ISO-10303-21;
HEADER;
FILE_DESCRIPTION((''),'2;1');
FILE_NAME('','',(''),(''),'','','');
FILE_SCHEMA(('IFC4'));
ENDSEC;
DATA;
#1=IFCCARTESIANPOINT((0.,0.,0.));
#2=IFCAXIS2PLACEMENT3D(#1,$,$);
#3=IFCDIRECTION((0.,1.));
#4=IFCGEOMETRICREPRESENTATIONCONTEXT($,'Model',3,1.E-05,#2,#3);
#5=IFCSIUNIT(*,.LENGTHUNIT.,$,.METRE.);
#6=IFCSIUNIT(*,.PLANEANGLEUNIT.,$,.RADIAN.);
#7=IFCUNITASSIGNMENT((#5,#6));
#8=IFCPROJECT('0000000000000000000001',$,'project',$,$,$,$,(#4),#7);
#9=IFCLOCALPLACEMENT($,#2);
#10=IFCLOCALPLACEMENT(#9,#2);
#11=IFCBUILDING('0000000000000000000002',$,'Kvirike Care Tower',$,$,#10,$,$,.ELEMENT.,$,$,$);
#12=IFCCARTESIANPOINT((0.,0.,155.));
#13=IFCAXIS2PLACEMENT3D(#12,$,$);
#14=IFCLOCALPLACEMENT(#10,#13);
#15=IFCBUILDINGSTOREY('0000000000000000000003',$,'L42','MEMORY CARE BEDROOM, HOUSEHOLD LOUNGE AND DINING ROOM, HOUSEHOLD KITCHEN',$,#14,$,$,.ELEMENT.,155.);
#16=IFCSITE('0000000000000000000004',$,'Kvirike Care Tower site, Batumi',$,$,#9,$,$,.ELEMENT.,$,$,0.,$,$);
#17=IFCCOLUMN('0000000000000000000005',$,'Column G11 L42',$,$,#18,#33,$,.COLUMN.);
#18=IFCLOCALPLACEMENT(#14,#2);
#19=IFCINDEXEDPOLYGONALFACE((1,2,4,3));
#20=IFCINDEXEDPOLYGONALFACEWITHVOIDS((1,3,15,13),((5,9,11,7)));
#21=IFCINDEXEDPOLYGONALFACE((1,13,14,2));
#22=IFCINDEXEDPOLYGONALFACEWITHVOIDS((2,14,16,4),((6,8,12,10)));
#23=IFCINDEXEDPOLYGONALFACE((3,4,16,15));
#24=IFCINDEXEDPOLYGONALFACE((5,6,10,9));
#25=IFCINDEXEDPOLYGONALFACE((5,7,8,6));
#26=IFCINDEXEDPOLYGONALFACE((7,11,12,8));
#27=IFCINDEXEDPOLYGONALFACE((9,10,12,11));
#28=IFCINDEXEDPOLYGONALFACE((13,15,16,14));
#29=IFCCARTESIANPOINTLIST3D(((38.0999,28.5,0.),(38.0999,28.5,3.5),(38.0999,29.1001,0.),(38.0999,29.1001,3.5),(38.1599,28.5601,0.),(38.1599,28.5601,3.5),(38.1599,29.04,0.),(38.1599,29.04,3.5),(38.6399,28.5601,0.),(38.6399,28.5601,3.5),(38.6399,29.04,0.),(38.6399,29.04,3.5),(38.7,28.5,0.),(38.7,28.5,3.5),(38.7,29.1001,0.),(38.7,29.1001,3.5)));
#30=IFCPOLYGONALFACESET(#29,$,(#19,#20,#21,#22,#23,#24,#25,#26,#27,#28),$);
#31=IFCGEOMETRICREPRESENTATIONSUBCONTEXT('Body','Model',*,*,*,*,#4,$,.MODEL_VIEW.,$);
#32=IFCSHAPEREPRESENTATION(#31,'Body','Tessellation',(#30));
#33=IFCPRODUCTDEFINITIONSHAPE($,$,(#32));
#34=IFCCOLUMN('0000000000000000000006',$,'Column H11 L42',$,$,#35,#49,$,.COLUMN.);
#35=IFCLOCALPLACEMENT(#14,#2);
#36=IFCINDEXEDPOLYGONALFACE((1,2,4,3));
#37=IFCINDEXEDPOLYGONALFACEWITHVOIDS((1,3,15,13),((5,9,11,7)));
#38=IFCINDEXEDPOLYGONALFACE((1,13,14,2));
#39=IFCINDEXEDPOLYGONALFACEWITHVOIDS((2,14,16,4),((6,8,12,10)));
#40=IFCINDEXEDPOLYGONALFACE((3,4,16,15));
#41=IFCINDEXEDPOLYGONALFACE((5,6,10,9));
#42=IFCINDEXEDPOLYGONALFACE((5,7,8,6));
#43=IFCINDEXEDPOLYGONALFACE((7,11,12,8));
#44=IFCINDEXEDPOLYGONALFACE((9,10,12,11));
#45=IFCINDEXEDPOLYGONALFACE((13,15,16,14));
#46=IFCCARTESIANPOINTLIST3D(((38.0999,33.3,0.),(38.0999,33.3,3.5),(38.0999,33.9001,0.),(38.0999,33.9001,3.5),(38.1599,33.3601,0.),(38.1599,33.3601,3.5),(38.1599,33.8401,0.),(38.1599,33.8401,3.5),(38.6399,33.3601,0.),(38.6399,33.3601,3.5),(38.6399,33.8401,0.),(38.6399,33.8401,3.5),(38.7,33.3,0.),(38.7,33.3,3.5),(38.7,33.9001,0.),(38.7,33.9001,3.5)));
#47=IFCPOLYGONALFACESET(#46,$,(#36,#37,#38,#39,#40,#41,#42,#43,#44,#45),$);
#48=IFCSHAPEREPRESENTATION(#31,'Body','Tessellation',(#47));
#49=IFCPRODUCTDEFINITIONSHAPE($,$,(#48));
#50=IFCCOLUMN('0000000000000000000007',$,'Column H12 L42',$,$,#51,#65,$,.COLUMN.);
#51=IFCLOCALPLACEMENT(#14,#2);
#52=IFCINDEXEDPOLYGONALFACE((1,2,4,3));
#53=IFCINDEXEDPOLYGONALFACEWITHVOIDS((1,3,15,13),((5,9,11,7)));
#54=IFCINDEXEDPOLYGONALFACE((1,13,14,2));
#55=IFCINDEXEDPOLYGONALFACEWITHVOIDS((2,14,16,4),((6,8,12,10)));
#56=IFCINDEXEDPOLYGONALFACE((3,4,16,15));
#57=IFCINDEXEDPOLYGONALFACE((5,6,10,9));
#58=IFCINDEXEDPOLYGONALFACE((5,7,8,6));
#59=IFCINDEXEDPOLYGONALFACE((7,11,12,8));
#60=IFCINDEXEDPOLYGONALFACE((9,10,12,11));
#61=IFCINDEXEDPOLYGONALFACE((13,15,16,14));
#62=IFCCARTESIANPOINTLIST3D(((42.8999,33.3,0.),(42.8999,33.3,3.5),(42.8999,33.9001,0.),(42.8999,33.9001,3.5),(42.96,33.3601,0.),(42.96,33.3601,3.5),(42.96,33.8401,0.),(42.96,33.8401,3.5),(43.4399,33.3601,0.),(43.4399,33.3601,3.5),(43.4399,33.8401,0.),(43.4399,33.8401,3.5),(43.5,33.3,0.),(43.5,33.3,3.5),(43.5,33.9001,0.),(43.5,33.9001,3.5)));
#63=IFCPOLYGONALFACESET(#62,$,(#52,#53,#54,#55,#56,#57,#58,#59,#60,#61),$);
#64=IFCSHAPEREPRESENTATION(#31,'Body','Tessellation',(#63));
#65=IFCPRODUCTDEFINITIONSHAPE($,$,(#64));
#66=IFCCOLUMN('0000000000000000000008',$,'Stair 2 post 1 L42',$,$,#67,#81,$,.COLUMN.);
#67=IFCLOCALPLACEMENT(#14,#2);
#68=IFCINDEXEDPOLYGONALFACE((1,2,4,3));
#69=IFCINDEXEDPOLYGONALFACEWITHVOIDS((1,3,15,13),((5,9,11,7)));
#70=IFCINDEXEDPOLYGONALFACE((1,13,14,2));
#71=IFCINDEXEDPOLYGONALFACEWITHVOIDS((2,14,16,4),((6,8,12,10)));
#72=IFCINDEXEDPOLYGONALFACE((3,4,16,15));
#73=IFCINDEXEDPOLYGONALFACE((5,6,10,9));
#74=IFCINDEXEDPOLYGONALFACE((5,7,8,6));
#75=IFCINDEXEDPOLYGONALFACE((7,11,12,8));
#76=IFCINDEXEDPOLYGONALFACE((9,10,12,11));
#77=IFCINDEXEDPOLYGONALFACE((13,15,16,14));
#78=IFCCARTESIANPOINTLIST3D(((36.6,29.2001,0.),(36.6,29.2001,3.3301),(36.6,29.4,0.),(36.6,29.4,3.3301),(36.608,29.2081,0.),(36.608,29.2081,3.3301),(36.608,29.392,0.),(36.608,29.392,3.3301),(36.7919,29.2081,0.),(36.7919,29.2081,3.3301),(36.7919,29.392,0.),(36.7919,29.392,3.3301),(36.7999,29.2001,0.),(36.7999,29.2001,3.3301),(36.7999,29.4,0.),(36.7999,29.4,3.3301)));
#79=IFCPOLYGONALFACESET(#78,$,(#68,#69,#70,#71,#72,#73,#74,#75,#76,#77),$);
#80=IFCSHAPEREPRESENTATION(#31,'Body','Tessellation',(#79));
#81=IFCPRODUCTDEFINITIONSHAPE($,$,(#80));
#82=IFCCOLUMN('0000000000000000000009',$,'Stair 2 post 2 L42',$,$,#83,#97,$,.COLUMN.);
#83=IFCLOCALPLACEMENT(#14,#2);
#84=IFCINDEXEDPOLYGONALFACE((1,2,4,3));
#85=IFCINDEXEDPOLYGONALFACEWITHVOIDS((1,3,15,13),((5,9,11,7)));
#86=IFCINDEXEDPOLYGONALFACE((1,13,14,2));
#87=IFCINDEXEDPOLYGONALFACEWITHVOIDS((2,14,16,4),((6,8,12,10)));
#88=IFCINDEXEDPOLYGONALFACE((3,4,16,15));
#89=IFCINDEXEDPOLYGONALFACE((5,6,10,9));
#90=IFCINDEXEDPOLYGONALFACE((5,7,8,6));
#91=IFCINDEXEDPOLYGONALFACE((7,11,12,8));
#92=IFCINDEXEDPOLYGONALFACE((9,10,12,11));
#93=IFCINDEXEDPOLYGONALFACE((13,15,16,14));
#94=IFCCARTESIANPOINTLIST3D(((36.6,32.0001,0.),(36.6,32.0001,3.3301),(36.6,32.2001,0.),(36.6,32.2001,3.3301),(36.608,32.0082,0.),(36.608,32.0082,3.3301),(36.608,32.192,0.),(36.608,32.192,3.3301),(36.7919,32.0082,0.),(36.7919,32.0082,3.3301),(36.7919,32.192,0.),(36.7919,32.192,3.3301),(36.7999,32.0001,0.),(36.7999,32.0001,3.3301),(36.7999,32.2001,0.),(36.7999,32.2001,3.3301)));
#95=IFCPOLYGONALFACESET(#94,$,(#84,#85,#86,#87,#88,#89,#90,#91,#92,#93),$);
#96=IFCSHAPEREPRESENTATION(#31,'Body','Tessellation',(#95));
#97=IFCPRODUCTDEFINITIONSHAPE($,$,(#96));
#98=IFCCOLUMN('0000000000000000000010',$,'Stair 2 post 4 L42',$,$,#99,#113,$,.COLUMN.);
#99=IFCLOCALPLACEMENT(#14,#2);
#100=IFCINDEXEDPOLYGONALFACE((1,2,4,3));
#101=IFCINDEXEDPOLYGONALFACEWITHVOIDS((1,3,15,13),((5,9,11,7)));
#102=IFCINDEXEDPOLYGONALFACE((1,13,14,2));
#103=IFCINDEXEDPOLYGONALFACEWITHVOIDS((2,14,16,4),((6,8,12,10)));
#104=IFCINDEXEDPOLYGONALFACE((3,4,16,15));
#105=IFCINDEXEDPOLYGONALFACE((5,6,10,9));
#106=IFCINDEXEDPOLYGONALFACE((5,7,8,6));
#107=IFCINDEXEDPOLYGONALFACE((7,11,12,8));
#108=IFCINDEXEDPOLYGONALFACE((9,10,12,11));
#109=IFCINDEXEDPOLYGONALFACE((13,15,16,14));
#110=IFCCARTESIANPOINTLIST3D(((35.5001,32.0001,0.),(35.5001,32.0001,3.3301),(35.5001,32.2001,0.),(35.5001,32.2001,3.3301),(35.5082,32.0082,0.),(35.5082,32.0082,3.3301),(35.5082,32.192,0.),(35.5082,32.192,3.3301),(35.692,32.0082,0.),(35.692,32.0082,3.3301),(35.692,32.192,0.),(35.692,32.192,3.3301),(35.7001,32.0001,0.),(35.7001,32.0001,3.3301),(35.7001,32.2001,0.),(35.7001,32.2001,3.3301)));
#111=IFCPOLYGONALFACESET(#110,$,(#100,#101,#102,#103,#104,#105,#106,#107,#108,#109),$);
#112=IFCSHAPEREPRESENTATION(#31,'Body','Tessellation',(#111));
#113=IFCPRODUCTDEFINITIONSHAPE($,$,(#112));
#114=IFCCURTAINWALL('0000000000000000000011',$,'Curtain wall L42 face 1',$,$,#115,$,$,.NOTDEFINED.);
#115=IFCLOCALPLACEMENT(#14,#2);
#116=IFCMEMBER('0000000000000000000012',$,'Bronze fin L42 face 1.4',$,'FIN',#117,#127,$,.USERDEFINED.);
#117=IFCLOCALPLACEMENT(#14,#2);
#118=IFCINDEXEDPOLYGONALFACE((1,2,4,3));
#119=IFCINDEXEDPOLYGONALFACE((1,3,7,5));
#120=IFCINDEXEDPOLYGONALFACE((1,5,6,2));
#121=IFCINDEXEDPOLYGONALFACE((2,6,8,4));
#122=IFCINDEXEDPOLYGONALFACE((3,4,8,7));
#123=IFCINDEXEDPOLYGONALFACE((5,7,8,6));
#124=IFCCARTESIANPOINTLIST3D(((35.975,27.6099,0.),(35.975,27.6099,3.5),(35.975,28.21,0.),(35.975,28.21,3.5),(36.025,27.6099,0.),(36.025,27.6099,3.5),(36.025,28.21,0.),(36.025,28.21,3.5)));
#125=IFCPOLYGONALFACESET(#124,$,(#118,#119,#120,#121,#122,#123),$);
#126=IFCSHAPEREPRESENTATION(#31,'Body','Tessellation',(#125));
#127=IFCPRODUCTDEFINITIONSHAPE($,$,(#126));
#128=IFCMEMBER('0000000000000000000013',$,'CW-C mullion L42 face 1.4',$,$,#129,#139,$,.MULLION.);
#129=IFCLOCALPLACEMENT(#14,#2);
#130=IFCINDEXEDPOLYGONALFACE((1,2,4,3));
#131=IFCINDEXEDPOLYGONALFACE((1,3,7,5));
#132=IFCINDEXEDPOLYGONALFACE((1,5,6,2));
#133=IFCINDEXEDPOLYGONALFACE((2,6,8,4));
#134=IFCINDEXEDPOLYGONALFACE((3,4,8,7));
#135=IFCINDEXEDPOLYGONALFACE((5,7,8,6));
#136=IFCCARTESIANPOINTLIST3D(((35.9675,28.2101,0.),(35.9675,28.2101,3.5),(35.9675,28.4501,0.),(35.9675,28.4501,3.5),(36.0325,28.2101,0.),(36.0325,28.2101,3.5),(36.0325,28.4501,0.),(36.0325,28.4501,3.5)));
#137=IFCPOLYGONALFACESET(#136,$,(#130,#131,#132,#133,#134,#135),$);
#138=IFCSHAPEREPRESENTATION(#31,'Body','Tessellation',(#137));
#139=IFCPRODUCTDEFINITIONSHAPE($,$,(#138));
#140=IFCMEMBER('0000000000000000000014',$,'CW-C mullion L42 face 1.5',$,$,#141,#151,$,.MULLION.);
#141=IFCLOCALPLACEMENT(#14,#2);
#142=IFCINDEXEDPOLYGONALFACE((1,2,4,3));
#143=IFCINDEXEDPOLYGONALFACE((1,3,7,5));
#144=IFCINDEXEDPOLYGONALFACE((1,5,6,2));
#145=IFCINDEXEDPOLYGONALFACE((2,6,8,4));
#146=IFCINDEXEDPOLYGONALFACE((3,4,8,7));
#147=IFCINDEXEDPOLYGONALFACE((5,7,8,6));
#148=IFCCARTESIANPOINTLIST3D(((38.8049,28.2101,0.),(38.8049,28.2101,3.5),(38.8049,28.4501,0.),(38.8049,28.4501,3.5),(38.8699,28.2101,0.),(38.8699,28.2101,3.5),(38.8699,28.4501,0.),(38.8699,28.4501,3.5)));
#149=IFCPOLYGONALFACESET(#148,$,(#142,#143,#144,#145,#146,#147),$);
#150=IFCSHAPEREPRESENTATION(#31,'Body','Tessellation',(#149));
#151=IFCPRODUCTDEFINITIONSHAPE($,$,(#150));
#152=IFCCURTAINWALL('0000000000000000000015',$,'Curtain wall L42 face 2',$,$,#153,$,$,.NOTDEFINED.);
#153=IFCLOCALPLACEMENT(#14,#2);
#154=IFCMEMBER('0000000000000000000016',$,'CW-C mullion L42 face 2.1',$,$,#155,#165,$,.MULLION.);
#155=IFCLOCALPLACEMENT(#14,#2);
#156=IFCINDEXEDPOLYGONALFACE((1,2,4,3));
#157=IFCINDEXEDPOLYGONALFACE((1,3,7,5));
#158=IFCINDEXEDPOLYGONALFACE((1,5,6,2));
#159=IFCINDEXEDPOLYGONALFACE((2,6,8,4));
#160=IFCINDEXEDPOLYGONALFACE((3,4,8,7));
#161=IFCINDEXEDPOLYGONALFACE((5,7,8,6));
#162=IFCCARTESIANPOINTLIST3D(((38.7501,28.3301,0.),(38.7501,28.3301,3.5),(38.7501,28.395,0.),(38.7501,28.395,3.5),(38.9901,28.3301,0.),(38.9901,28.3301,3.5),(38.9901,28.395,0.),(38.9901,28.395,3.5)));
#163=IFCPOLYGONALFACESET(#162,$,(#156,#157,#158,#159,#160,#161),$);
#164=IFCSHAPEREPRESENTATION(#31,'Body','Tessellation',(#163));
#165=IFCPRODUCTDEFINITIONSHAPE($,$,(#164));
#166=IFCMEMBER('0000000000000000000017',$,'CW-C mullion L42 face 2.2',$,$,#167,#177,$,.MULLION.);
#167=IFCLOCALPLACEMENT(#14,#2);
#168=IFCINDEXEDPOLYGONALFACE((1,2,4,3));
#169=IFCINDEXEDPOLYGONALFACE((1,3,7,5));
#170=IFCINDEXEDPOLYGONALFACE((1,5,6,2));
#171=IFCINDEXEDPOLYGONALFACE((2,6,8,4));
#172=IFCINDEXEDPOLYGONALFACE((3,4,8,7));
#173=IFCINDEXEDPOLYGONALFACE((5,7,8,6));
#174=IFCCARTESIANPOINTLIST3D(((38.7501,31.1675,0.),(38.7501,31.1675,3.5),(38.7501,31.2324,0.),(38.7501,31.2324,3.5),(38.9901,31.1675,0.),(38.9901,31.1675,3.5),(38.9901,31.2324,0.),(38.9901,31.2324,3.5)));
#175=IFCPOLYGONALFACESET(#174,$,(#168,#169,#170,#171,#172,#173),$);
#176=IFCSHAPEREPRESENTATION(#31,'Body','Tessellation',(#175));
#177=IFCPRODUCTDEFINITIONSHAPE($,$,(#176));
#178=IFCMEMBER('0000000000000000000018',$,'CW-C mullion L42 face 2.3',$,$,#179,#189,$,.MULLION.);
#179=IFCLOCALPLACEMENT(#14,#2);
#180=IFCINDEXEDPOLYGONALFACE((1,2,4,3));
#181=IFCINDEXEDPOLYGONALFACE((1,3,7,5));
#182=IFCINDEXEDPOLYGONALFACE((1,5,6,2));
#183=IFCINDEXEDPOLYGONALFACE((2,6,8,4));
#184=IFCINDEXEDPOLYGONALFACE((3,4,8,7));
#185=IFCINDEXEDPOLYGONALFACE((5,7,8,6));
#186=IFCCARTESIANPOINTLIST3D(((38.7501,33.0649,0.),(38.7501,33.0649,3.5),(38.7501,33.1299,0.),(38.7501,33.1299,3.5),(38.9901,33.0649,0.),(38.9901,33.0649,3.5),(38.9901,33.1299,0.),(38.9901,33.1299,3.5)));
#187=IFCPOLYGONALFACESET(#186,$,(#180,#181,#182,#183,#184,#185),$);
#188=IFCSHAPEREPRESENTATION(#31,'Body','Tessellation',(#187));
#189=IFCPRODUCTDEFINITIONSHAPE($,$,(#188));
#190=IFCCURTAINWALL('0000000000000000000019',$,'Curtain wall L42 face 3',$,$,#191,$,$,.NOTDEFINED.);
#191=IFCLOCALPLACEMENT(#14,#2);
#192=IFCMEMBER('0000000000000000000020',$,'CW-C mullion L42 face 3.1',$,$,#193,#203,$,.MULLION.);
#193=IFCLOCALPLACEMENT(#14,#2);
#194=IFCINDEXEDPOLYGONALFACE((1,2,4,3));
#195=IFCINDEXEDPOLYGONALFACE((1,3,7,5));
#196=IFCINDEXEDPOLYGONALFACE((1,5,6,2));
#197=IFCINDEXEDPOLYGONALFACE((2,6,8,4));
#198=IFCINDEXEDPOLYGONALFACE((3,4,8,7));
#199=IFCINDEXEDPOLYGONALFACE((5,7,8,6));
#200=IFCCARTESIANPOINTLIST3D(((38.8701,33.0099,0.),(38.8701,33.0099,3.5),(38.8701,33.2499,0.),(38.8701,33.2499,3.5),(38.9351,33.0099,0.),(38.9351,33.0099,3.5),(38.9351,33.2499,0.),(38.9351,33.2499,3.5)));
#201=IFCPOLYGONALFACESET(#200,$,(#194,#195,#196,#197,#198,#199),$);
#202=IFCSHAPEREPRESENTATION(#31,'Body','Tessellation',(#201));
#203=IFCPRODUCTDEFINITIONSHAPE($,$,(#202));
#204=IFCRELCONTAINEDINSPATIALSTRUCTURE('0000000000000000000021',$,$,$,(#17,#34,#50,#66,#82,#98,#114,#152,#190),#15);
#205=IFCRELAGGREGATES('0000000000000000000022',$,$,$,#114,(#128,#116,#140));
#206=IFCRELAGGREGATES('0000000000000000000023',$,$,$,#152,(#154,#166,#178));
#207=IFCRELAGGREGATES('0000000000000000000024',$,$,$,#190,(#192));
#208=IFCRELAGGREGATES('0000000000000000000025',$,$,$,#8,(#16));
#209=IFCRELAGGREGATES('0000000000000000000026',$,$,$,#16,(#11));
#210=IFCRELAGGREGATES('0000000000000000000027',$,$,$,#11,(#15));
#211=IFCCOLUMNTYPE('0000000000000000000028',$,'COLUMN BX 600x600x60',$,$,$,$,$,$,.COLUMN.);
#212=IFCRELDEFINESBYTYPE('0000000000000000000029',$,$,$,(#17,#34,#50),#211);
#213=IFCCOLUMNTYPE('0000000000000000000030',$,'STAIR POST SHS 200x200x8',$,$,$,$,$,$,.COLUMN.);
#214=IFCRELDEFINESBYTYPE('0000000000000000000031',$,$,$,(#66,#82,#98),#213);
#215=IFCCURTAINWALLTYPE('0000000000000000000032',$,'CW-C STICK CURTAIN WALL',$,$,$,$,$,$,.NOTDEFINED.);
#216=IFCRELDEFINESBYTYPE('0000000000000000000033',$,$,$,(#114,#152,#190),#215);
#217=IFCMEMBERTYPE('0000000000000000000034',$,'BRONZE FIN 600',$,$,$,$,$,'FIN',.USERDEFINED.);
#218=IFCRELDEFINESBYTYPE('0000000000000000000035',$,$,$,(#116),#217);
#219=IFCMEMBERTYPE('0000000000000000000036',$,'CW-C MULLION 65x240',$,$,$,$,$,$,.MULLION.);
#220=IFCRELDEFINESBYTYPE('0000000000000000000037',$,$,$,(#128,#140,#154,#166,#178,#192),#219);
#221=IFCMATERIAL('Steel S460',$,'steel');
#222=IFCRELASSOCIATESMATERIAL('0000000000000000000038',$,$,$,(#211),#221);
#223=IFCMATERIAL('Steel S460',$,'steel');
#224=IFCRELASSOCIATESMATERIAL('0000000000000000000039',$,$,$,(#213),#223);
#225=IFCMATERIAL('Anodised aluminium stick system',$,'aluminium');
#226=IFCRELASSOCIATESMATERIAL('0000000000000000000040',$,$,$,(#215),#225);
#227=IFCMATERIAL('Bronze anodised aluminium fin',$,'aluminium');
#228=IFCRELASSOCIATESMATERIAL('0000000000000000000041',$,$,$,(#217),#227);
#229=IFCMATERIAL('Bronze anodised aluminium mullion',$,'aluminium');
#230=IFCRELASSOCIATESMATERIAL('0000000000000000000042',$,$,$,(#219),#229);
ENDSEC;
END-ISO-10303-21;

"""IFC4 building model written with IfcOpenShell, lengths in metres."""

from ifc_helpers import new_model, si_unit, direction, frame, origin, origin_2d, place, context, subcontext, project, spatial, rectangle, hollow_rectangle, extrude, material, material_profile, profile_set, type_object, element, aggregate, save


model = new_model("IFC4")

# Units and contexts
model_context = context("Model", 3, precision=1e-05, world=origin(), true_north=direction((0.0, 1.0)))
body_context = subcontext(model_context, "Body", "Model", "MODEL_VIEW")
ifc_project = project(units=[si_unit("LENGTHUNIT", "METRE"), si_unit("PLANEANGLEUNIT", "RADIAN")], contexts=[model_context])

# Site, building, storey
site_placement = place(None, origin())
site = spatial("IfcSite", under=ifc_project, at=site_placement, Name="Kvirike Care Tower site, Batumi", CompositionType="ELEMENT", RefElevation=0.0)
building_placement = place(site_placement, origin())
building = spatial("IfcBuilding", under=site, at=building_placement, Name="Kvirike Care Tower", CompositionType="ELEMENT")
storey_placement = place(building_placement, frame((0.0, 0.0, 155.0)))
storey = spatial("IfcBuildingStorey", under=building, at=storey_placement, Name="L42", Description="MEMORY CARE BEDROOM, HOUSEHOLD LOUNGE AND DINING ROOM, HOUSEHOLD KITCHEN", CompositionType="ELEMENT", Elevation=155.0)

# Columns
ifc_material_1 = material(Name="Steel S460", Category="steel")
ifc_material_profile_1 = material_profile(ifc_material_1, hollow_rectangle(XDim=0.6001, YDim=0.6001, WallThickness=0.0601, at=origin_2d()), Name="BX 600x600x60")
ifc_profile_set_1 = profile_set([ifc_material_profile_1], Name="Steel S460")
column_type_1 = type_object("IfcColumnType", Name="COLUMN BX 600x600x60", PredefinedType="COLUMN", material=ifc_profile_set_1)
for number, where, z_axis, x_axis, name in (
    (1, (38.3999, 28.8, 0.0), (0.0, 0.0, 1.0), (0.0, 1.0, 0.0), "Column G11 L42"),
    (2, (38.3999, 33.6001, 0.0), (0.0, 0.0, 1.0), (0.0, 1.0, 0.0), "Column H11 L42"),
    (3, (43.2, 33.6001, 0.0), (0.0, 0.0, 1.0), (0.0, 1.0, 0.0), "Column H12 L42"),
):
    element("IfcColumn", number, at=place(storey_placement, frame(where, z_axis=z_axis, x_axis=x_axis)), inside=storey, type_object=column_type_1, Name=name, PredefinedType="COLUMN", context=body_context, shape_type="SweptSolid", body=[
        extrude(hollow_rectangle(XDim=0.6001, YDim=0.6001, WallThickness=0.0601, at=origin_2d()), origin(), (0.0, 0.0, 1.0), 3.5),
    ])
ifc_material_2 = material(Name="Steel S460", Category="steel")
ifc_material_profile_2 = material_profile(ifc_material_2, hollow_rectangle(XDim=0.2, YDim=0.2, WallThickness=0.0081, at=origin_2d()), Name="SHS 200x200x8")
ifc_profile_set_2 = profile_set([ifc_material_profile_2], Name="Steel S460")
column_type_2 = type_object("IfcColumnType", Name="STAIR POST SHS 200x200x8", PredefinedType="COLUMN", material=ifc_profile_set_2)
for number, where, z_axis, x_axis, name in (
    (4, (36.7, 29.3, 0.0), (0.0, 0.0, 1.0), (1.0, 0.0, 0.0), "Stair 2 post 1 L42"),
    (5, (36.7, 32.1001, 0.0), (0.0, 0.0, 1.0), (1.0, 0.0, 0.0), "Stair 2 post 2 L42"),
    (6, (35.6001, 32.1001, 0.0), (0.0, 0.0, 1.0), (1.0, 0.0, 0.0), "Stair 2 post 4 L42"),
):
    element("IfcColumn", number, at=place(storey_placement, frame(where, z_axis=z_axis, x_axis=x_axis)), inside=storey, type_object=column_type_2, Name=name, PredefinedType="COLUMN", context=body_context, shape_type="SweptSolid", body=[
        extrude(hollow_rectangle(XDim=0.2, YDim=0.2, WallThickness=0.0081, at=origin_2d()), origin(), (0.0, 0.0, 1.0), 3.3301),
    ])

# Curtain walls, members
ifc_material_3 = material(Name="Anodised aluminium stick system", Category="aluminium")
curtain_wall_type = type_object("IfcCurtainWallType", Name="CW-C STICK CURTAIN WALL", PredefinedType="NOTDEFINED", material=ifc_material_3)
curtain_wall_1_placement = place(storey_placement, origin())
curtain_wall_1 = element("IfcCurtainWall", 7, at=curtain_wall_1_placement, inside=storey, type_object=curtain_wall_type, Name="Curtain wall L42 face 1", PredefinedType="NOTDEFINED")
ifc_material_4 = material(Name="Bronze anodised aluminium fin", Category="aluminium")
ifc_material_profile_3 = material_profile(ifc_material_4, rectangle(XDim=0.05, YDim=0.6001, at=origin_2d()), Name="BRONZE FIN 600")
ifc_profile_set_3 = profile_set([ifc_material_profile_3], Name="Bronze anodised aluminium fin")
member_type_1 = type_object("IfcMemberType", Name="BRONZE FIN 600", ElementType="FIN", PredefinedType="USERDEFINED", material=ifc_profile_set_3)
member_1_placement = place(storey_placement, frame((36.0, 27.9099, 0.0), z_axis=(0.0, 0.0, 1.0), x_axis=(1.0, 0.0, 0.0)))
member_1 = element("IfcMember", 8, at=member_1_placement, type_object=member_type_1, Name="Bronze fin L42 face 1.4", ObjectType="FIN", PredefinedType="USERDEFINED", context=body_context, shape_type="SweptSolid", body=[
    extrude(rectangle(XDim=0.05, YDim=0.6001, at=origin_2d()), origin(), (0.0, 0.0, 1.0), 3.5),
])
ifc_material_5 = material(Name="Bronze anodised aluminium mullion", Category="aluminium")
ifc_material_profile_4 = material_profile(ifc_material_5, rectangle(XDim=0.0649, YDim=0.24, at=origin_2d()), Name="CW-C MULLION 65x240")
ifc_profile_set_4 = profile_set([ifc_material_profile_4], Name="Bronze anodised aluminium mullion")
member_type_2 = type_object("IfcMemberType", Name="CW-C MULLION 65x240", PredefinedType="MULLION", material=ifc_profile_set_4)
member_2_placement = place(storey_placement, frame((36.0, 28.3301, 0.0), z_axis=(0.0, 0.0, 1.0), x_axis=(1.0, 0.0, 0.0)))
member_2 = element("IfcMember", 9, at=member_2_placement, type_object=member_type_2, Name="CW-C mullion L42 face 1.4", PredefinedType="MULLION", context=body_context, shape_type="SweptSolid", body=[
    extrude(rectangle(XDim=0.0649, YDim=0.24, at=origin_2d()), origin(), (0.0, 0.0, 1.0), 3.5),
])
member_3_placement = place(storey_placement, frame((38.8374, 28.3301, 0.0), z_axis=(0.0, 0.0, 1.0), x_axis=(1.0, 0.0, 0.0)))
member_3 = element("IfcMember", 10, at=member_3_placement, type_object=member_type_2, Name="CW-C mullion L42 face 1.5", PredefinedType="MULLION", context=body_context, shape_type="SweptSolid", body=[
    extrude(rectangle(XDim=0.0649, YDim=0.24, at=origin_2d()), origin(), (0.0, 0.0, 1.0), 3.5),
])
curtain_wall_2_placement = place(storey_placement, origin())
curtain_wall_2 = element("IfcCurtainWall", 11, at=curtain_wall_2_placement, inside=storey, type_object=curtain_wall_type, Name="Curtain wall L42 face 2", PredefinedType="NOTDEFINED")
member_4_placement = place(storey_placement, frame((38.8701, 28.3625, 0.0), z_axis=(0.0, 0.0, 1.0), x_axis=(0.0, 1.0, 0.0)))
member_4 = element("IfcMember", 12, at=member_4_placement, type_object=member_type_2, Name="CW-C mullion L42 face 2.1", PredefinedType="MULLION", context=body_context, shape_type="SweptSolid", body=[
    extrude(rectangle(XDim=0.0649, YDim=0.24, at=origin_2d()), origin(), (0.0, 0.0, 1.0), 3.5),
])
member_5_placement = place(storey_placement, frame((38.8701, 31.2, 0.0), z_axis=(0.0, 0.0, 1.0), x_axis=(0.0, 1.0, 0.0)))
member_5 = element("IfcMember", 13, at=member_5_placement, type_object=member_type_2, Name="CW-C mullion L42 face 2.2", PredefinedType="MULLION", context=body_context, shape_type="SweptSolid", body=[
    extrude(rectangle(XDim=0.0649, YDim=0.24, at=origin_2d()), origin(), (0.0, 0.0, 1.0), 3.5),
])
member_6_placement = place(storey_placement, frame((38.8701, 33.0974, 0.0), z_axis=(0.0, 0.0, 1.0), x_axis=(0.0, 1.0, 0.0)))
member_6 = element("IfcMember", 14, at=member_6_placement, type_object=member_type_2, Name="CW-C mullion L42 face 2.3", PredefinedType="MULLION", context=body_context, shape_type="SweptSolid", body=[
    extrude(rectangle(XDim=0.0649, YDim=0.24, at=origin_2d()), origin(), (0.0, 0.0, 1.0), 3.5),
])
curtain_wall_3_placement = place(storey_placement, origin())
curtain_wall_3 = element("IfcCurtainWall", 15, at=curtain_wall_3_placement, inside=storey, type_object=curtain_wall_type, Name="Curtain wall L42 face 3", PredefinedType="NOTDEFINED")
member_7_placement = place(storey_placement, frame((38.9026, 33.1299, 0.0), z_axis=(0.0, 0.0, 1.0), x_axis=(1.0, 0.0, 0.0)))
member_7 = element("IfcMember", 16, at=member_7_placement, type_object=member_type_2, Name="CW-C mullion L42 face 3.1", PredefinedType="MULLION", context=body_context, shape_type="SweptSolid", body=[
    extrude(rectangle(XDim=0.0649, YDim=0.24, at=origin_2d()), origin(), (0.0, 0.0, 1.0), 3.5),
])

aggregate(curtain_wall_1, [member_2, member_1, member_3])
aggregate(curtain_wall_2, [member_4, member_5, member_6])
aggregate(curtain_wall_3, [member_7])

save(model, "model.ifc")
